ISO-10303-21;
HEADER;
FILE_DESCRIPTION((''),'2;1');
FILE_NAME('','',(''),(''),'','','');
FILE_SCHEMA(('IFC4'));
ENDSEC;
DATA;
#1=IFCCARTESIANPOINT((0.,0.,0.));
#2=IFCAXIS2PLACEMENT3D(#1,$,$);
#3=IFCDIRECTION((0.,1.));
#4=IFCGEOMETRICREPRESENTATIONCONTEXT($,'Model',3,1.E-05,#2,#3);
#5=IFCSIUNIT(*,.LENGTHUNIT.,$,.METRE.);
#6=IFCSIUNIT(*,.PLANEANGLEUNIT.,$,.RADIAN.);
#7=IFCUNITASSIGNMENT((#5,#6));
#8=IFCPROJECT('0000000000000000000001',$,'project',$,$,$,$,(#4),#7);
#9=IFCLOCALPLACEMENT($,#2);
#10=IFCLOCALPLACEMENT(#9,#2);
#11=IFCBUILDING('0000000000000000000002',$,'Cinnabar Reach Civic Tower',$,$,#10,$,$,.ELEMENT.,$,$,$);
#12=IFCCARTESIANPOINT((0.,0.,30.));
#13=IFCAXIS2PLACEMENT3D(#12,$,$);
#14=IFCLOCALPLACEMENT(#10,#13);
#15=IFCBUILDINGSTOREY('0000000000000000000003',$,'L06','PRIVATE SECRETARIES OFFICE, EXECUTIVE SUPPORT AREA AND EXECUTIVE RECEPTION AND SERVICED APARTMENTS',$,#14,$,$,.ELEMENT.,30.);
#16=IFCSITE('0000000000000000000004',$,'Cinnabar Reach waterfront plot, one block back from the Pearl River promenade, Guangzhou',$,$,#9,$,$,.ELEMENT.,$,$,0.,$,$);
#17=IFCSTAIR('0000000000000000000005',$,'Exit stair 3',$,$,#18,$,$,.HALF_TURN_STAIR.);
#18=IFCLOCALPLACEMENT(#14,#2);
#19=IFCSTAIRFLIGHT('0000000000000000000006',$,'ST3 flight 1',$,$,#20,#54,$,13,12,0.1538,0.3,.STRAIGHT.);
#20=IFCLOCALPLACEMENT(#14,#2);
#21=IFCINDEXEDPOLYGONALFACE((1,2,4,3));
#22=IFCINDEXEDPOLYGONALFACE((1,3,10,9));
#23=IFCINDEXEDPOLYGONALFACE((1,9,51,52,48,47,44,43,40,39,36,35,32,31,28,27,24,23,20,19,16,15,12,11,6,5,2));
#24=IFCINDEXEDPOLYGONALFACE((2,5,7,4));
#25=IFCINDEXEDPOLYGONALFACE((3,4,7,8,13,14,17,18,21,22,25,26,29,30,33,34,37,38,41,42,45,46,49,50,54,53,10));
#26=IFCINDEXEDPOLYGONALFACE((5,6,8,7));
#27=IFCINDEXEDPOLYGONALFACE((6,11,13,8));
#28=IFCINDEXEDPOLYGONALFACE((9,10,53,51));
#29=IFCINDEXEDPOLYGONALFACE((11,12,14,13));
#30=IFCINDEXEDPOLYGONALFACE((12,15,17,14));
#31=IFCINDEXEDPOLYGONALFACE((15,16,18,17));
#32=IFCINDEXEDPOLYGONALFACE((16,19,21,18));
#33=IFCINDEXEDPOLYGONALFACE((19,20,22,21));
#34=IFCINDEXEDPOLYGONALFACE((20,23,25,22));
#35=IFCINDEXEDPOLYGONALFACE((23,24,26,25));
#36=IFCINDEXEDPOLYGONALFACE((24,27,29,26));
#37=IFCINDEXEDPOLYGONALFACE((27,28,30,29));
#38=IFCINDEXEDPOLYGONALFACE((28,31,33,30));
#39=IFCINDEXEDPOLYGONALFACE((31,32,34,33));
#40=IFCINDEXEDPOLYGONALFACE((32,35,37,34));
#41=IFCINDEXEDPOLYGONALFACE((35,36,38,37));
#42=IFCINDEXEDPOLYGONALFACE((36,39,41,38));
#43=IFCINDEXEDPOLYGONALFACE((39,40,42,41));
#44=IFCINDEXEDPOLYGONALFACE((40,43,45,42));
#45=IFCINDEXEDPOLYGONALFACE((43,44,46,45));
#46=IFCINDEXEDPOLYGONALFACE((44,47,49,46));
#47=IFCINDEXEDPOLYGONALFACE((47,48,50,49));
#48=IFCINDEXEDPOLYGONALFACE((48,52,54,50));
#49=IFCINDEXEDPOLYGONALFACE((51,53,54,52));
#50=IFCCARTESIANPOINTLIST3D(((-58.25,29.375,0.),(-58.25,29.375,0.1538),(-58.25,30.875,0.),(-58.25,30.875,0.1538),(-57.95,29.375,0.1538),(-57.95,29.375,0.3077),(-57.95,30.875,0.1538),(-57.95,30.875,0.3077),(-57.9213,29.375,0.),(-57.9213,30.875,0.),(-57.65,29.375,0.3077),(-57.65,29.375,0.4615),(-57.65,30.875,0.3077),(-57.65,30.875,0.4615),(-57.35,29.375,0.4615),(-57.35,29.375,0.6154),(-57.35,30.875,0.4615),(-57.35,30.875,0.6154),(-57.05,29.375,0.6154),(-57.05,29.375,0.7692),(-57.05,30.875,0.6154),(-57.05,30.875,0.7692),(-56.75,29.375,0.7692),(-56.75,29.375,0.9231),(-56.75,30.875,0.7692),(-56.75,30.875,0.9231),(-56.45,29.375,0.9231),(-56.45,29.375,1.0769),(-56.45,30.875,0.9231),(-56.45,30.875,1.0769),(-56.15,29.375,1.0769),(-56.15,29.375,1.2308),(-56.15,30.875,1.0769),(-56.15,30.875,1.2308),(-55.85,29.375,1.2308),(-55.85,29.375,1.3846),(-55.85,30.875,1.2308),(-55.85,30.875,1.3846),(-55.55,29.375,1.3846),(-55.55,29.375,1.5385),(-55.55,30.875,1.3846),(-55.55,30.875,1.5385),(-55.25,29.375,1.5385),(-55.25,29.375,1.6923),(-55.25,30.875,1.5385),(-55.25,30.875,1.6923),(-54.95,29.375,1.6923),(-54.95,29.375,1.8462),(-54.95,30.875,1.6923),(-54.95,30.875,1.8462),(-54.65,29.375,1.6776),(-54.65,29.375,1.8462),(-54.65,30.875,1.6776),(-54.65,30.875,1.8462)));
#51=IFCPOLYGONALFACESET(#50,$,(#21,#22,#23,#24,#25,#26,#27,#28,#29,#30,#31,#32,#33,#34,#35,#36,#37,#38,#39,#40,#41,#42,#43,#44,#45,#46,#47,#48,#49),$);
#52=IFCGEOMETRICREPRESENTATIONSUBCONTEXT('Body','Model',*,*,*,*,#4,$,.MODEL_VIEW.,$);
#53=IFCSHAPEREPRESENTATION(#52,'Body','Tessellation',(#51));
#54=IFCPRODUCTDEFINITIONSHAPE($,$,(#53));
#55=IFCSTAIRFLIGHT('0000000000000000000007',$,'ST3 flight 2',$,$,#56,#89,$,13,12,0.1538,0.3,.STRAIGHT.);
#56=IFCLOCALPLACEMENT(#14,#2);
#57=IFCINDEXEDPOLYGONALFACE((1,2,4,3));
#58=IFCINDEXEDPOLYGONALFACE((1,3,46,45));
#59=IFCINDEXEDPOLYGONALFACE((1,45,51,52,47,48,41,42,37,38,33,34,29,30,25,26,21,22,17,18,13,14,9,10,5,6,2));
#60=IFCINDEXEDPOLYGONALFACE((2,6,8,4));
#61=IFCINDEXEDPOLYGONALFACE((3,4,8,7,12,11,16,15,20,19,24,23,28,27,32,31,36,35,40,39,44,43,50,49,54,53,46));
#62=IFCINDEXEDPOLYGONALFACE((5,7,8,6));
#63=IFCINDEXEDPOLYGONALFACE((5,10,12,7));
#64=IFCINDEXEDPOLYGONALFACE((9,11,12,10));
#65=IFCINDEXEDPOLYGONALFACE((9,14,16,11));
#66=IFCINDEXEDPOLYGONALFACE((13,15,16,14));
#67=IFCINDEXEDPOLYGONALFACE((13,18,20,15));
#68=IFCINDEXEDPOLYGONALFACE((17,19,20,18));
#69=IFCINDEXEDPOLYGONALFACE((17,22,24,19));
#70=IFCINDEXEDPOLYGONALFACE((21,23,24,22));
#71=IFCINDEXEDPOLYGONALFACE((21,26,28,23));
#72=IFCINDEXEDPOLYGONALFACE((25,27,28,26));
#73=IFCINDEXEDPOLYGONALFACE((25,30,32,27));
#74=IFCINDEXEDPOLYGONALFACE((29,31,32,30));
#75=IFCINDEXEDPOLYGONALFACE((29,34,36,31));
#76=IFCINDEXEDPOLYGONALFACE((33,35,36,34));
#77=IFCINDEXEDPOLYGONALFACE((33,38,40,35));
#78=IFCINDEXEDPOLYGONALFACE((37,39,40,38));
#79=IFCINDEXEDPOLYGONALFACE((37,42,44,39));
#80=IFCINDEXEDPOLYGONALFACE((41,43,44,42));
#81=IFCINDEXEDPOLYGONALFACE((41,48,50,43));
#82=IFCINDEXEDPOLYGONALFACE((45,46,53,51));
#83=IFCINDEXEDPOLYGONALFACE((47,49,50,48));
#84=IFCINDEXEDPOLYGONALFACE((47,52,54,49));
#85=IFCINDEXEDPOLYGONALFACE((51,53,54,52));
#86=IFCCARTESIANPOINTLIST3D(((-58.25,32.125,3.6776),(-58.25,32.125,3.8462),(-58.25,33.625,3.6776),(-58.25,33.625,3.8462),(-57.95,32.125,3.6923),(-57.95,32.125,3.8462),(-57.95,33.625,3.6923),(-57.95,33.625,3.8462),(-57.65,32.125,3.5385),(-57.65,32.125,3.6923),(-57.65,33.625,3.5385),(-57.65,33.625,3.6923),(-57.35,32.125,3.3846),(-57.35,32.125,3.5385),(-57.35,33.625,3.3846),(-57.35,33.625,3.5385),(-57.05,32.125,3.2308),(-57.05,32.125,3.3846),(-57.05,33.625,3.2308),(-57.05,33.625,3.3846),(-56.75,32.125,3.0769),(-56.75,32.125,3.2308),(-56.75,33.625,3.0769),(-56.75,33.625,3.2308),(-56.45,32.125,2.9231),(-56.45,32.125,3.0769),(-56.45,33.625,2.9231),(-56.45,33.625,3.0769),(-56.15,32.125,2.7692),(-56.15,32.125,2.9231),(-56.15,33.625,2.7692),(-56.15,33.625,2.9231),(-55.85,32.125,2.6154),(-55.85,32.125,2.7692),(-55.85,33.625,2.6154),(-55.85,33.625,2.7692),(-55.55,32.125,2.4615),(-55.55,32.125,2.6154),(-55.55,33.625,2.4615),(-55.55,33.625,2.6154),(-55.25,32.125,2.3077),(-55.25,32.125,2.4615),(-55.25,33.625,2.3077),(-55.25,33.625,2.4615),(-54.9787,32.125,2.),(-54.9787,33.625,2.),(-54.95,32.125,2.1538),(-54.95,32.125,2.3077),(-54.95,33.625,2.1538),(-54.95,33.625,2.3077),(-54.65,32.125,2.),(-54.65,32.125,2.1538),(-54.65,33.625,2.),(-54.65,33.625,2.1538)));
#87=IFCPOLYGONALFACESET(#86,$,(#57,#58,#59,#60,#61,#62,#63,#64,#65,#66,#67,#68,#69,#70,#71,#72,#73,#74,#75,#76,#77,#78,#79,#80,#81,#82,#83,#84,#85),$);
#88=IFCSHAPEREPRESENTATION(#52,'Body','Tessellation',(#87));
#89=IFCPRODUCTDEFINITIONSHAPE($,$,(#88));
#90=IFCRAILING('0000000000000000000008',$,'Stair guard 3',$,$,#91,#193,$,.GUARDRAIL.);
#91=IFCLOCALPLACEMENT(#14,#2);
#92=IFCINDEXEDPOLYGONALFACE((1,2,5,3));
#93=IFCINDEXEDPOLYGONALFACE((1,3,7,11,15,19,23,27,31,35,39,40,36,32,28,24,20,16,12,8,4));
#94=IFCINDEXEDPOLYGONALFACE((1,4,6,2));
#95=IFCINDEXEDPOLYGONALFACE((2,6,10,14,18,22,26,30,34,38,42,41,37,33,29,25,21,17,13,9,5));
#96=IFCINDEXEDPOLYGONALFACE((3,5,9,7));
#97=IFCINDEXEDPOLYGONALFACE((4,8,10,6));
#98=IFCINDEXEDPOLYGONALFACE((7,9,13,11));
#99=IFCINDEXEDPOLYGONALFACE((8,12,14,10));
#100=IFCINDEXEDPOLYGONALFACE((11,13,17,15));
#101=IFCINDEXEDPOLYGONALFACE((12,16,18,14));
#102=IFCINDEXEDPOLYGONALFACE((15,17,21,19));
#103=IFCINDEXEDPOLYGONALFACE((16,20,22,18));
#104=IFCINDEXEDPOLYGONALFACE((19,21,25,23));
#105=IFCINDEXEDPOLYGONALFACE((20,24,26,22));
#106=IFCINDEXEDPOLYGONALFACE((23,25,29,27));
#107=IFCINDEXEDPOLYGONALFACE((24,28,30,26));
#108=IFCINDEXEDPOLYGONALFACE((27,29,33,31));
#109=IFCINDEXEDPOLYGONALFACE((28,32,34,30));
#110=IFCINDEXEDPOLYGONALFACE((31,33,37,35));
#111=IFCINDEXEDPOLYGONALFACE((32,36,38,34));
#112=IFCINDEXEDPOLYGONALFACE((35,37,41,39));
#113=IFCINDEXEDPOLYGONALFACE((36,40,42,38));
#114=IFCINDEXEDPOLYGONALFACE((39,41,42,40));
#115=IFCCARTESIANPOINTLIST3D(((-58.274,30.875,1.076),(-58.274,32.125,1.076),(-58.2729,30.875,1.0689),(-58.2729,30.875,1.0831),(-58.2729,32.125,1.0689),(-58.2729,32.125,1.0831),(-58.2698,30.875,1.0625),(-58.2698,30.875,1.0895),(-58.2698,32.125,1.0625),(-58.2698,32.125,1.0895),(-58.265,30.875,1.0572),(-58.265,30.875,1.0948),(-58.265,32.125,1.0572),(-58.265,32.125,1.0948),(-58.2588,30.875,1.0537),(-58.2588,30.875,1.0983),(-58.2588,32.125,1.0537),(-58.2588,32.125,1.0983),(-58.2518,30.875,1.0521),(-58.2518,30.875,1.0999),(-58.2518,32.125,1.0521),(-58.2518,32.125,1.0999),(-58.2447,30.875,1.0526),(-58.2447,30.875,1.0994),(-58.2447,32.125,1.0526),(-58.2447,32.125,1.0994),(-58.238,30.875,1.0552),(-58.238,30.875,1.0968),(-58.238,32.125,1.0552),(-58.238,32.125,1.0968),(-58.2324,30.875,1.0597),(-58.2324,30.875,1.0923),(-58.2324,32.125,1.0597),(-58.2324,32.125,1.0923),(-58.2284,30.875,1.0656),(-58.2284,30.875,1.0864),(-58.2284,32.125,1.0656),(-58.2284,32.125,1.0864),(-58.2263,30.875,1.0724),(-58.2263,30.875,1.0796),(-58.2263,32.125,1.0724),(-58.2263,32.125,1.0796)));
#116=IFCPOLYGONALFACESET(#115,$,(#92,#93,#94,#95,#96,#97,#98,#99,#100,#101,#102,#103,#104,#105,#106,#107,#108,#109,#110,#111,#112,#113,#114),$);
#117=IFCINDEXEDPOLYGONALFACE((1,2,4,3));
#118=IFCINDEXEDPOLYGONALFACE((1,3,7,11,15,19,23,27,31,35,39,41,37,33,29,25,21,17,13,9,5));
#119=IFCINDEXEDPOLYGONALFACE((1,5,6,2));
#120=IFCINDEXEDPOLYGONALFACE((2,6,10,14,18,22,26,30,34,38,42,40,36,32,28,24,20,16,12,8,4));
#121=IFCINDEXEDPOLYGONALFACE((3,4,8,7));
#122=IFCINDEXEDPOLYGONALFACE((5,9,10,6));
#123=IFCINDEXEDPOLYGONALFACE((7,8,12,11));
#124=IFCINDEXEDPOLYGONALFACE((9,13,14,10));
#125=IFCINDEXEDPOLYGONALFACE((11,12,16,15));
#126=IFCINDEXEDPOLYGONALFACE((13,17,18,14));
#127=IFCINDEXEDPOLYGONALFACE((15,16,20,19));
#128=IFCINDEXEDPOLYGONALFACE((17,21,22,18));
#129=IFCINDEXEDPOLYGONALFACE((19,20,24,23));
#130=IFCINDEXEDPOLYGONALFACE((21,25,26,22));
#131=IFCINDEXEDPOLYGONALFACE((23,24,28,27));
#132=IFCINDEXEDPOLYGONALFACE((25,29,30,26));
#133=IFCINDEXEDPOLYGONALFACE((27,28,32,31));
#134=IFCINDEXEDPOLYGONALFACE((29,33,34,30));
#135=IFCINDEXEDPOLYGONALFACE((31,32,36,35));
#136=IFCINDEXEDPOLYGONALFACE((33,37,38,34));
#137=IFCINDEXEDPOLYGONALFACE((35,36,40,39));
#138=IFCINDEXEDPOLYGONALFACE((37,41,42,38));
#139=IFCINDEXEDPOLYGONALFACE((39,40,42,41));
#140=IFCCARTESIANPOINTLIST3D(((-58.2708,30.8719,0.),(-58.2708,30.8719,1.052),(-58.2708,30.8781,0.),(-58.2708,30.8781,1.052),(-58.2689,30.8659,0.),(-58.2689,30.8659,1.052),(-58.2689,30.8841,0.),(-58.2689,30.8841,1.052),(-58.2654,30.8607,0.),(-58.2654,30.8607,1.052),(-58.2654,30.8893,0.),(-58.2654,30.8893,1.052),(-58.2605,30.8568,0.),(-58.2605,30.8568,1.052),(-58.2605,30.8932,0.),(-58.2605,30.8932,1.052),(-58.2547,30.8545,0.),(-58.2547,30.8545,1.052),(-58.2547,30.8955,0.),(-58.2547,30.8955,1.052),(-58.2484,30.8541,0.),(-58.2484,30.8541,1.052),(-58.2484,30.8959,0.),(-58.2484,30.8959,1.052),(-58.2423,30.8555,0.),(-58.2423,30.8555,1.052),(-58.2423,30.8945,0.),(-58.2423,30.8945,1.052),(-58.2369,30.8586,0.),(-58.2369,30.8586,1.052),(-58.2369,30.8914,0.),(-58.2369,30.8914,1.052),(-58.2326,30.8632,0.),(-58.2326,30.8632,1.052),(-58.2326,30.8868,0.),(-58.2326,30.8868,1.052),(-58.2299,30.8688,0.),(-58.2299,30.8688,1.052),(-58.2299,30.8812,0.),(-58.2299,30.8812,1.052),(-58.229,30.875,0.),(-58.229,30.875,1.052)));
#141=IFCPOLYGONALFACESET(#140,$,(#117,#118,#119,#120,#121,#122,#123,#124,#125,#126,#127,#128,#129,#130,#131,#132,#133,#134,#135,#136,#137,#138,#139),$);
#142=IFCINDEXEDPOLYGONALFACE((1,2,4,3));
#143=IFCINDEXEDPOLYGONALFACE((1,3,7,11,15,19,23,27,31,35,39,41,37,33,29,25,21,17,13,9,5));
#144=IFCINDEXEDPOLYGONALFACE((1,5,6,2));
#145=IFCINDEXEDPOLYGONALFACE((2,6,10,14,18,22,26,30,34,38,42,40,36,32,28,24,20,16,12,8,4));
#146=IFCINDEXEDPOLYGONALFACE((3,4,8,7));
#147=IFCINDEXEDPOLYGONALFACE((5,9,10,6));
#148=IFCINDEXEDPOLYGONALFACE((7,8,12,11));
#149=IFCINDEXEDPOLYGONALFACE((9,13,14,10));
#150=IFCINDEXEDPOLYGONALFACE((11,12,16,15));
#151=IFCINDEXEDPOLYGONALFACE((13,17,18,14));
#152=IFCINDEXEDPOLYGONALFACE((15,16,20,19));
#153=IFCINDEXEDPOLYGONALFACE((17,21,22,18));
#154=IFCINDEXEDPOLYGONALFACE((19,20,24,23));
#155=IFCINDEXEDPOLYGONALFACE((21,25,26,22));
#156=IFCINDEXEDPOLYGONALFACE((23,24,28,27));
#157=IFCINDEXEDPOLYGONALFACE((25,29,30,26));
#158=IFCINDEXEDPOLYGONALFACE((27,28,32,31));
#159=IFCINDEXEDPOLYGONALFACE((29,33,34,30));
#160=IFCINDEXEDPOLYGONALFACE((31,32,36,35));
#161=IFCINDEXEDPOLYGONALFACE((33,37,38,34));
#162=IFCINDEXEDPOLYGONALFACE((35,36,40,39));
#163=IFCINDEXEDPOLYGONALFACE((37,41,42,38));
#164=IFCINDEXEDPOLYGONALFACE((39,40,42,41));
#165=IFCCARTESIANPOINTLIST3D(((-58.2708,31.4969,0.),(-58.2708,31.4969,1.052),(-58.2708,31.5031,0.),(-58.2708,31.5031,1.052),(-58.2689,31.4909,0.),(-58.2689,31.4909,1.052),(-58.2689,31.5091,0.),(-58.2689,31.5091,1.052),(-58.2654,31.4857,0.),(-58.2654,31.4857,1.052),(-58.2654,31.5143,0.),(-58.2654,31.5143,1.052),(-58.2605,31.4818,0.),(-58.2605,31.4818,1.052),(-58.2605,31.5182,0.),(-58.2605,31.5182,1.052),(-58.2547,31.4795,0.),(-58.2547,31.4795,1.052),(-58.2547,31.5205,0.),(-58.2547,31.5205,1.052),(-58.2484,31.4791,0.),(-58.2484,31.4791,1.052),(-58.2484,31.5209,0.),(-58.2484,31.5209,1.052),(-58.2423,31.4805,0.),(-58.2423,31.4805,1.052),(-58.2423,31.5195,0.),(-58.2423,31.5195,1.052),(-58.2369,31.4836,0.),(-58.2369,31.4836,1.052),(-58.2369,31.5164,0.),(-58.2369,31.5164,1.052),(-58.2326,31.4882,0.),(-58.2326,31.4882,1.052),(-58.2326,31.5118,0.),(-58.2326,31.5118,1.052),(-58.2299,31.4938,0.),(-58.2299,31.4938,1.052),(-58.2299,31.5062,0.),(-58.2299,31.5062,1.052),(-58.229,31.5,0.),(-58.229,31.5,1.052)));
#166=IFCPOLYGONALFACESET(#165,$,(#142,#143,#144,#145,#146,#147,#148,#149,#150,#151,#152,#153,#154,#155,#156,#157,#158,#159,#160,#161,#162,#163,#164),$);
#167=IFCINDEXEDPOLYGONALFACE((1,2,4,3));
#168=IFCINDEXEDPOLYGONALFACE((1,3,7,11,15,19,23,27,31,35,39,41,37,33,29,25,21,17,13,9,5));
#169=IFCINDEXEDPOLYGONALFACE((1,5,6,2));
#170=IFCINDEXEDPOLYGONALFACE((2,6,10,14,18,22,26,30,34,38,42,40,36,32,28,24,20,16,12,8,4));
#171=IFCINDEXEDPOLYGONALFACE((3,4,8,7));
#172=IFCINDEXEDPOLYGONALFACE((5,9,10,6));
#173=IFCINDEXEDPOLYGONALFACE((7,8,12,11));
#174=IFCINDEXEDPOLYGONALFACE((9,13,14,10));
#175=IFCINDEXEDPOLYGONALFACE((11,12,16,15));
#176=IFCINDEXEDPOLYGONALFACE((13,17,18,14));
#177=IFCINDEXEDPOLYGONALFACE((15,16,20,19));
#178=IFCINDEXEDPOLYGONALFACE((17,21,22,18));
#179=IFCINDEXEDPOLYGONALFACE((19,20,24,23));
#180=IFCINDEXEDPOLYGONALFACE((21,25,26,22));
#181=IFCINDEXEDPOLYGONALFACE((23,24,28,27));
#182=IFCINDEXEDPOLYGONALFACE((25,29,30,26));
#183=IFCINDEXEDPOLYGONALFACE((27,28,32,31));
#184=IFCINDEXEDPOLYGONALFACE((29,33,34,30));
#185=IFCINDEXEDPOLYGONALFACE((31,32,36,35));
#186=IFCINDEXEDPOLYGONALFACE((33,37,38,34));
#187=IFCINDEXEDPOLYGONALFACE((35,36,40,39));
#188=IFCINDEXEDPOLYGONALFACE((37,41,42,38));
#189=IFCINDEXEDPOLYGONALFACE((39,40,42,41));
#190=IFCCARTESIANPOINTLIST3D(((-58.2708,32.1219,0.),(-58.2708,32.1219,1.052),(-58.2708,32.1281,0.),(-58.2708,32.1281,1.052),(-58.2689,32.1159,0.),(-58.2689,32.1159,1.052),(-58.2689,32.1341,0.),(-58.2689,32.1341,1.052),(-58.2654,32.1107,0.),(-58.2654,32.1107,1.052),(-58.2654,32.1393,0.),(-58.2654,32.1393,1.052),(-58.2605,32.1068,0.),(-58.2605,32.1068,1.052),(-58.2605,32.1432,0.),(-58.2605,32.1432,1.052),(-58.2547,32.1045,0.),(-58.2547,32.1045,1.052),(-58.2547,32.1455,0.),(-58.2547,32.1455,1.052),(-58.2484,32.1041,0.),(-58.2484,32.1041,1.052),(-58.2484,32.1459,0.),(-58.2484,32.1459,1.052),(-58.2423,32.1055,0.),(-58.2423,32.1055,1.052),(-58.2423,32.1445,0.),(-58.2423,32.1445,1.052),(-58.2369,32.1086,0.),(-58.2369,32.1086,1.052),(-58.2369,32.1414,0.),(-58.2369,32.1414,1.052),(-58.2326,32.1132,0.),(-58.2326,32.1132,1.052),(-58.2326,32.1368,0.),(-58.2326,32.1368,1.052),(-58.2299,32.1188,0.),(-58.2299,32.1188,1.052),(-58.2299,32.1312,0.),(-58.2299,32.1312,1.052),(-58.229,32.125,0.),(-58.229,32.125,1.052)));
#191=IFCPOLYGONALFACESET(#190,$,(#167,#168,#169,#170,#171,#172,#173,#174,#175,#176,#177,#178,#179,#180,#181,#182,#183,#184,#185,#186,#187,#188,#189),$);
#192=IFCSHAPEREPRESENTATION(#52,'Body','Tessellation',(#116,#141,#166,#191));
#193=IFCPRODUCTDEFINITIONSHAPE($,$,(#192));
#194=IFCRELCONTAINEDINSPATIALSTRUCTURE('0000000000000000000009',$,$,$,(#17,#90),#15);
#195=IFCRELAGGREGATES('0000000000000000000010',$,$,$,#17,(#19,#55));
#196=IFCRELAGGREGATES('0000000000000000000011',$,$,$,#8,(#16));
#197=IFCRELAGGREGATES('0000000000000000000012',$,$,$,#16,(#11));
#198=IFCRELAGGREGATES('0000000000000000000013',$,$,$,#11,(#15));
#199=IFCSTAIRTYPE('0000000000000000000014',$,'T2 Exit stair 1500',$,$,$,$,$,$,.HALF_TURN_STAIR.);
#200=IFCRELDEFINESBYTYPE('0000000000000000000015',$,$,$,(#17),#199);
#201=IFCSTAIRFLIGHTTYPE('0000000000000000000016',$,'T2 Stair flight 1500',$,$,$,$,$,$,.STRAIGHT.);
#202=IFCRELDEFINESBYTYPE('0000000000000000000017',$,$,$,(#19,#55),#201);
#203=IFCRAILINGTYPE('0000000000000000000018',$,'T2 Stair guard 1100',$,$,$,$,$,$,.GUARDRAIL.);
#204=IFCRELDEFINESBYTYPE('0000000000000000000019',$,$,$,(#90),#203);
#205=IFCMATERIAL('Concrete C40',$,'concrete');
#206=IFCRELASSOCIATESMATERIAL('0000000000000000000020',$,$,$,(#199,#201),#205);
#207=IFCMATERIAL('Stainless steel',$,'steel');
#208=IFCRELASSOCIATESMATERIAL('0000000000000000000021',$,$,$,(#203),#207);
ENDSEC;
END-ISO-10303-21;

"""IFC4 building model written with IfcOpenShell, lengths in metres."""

from ifc_helpers import new_model, si_unit, direction, frame, origin, origin_2d, place, context, subcontext, project, spatial, polyline, circle, outline, extrude, material, type_object, element, aggregate, save


model = new_model("IFC4")

# Units and contexts
model_context = context("Model", 3, precision=1e-05, world=origin(), true_north=direction((0.0, 1.0)))
body_context = subcontext(model_context, "Body", "Model", "MODEL_VIEW")
ifc_project = project(units=[si_unit("LENGTHUNIT", "METRE"), si_unit("PLANEANGLEUNIT", "RADIAN")], contexts=[model_context])

# Site, building, storey
site_placement = place(None, origin())
site = spatial("IfcSite", under=ifc_project, at=site_placement, Name="Cinnabar Reach waterfront plot, one block back from the Pearl River promenade, Guangzhou", CompositionType="ELEMENT", RefElevation=0.0)
building_placement = place(site_placement, origin())
building = spatial("IfcBuilding", under=site, at=building_placement, Name="Cinnabar Reach Civic Tower", CompositionType="ELEMENT")
storey_placement = place(building_placement, frame((0.0, 0.0, 30.0)))
storey = spatial("IfcBuildingStorey", under=building, at=storey_placement, Name="L06", Description="PRIVATE SECRETARIES OFFICE, EXECUTIVE SUPPORT AREA AND EXECUTIVE RECEPTION AND SERVICED APARTMENTS", CompositionType="ELEMENT", Elevation=30.0)

# Stair, stair flights
ifc_material_1 = material(Name="Concrete C40", Category="concrete")
stair_type = type_object("IfcStairType", Name="T2 Exit stair 1500", PredefinedType="HALF_TURN_STAIR", material=ifc_material_1)
stair_placement = place(storey_placement, origin())
stair = element("IfcStair", 1, at=stair_placement, inside=storey, type_object=stair_type, Name="Exit stair 3", PredefinedType="HALF_TURN_STAIR")
stair_flight_type = type_object("IfcStairFlightType", Name="T2 Stair flight 1500", PredefinedType="STRAIGHT", material=ifc_material_1)
stair_flight_1_placement = place(storey_placement, frame((-58.25, 30.125, 0.0), z_axis=(0.0, 0.0, 1.0), x_axis=(1.0, 0.0, 0.0)))
stair_flight_1 = element("IfcStairFlight", 2, at=stair_flight_1_placement, type_object=stair_flight_type, Name="ST3 flight 1", NumberOfRisers=13, NumberOfTreads=12, PredefinedType="STRAIGHT", RiserHeight=0.1538, TreadLength=0.3, context=body_context, shape_type="SweptSolid", body=[
    extrude(outline(polyline([(0.0, 0.0), (0.0, 0.1538), (0.3, 0.1538), (0.3, 0.3077), (0.6, 0.3077), (0.6, 0.4615), (0.9, 0.4615), (0.9, 0.6154), (1.2, 0.6154), (1.2, 0.7692), (1.5, 0.7692), (1.5, 0.9231), (1.8, 0.9231), (1.8, 1.0769), (2.1, 1.0769), (2.1, 1.2308), (2.4, 1.2308), (2.4, 1.3846), (2.7, 1.3846), (2.7, 1.5385), (3.0, 1.5385), (3.0, 1.6923), (3.3, 1.6923), (3.3, 1.8462), (3.6, 1.8462), (3.6, 2.0), (3.6, 1.6776), (0.3287, 0.0), (0.0, 0.0)])), frame((0.0, 0.75, 0.0), z_axis=(0.0, -1.0, 0.0), x_axis=(1.0, 0.0, 0.0)), (0.0, 0.0, 1.0), 1.5),
])
stair_flight_2_placement = place(storey_placement, frame((-54.65, 32.875, 2.0), z_axis=(0.0, 0.0, 1.0), x_axis=(-1.0, 0.0, 0.0)))
stair_flight_2 = element("IfcStairFlight", 3, at=stair_flight_2_placement, type_object=stair_flight_type, Name="ST3 flight 2", NumberOfRisers=13, NumberOfTreads=12, PredefinedType="STRAIGHT", RiserHeight=0.1538, TreadLength=0.3, context=body_context, shape_type="SweptSolid", body=[
    extrude(outline(polyline([(0.0, 0.0), (0.0, 0.1538), (0.3, 0.1538), (0.3, 0.3077), (0.6, 0.3077), (0.6, 0.4615), (0.9, 0.4615), (0.9, 0.6154), (1.2, 0.6154), (1.2, 0.7692), (1.5, 0.7692), (1.5, 0.9231), (1.8, 0.9231), (1.8, 1.0769), (2.1, 1.0769), (2.1, 1.2308), (2.4, 1.2308), (2.4, 1.3846), (2.7, 1.3846), (2.7, 1.5385), (3.0, 1.5385), (3.0, 1.6923), (3.3, 1.6923), (3.3, 1.8462), (3.6, 1.8462), (3.6, 2.0), (3.6, 1.6776), (0.3287, 0.0), (0.0, 0.0)])), frame((0.0, 0.75, 0.0), z_axis=(0.0, -1.0, 0.0), x_axis=(1.0, 0.0, 0.0)), (0.0, 0.0, 1.0), 1.5),
])
aggregate(stair, [stair_flight_1, stair_flight_2])

# Railing
ifc_material_2 = material(Name="Stainless steel", Category="steel")
railing_type = type_object("IfcRailingType", Name="T2 Stair guard 1100", PredefinedType="GUARDRAIL", material=ifc_material_2)
railing_1_placement = place(storey_placement, frame((-58.25, 30.875, 0.0)))
element("IfcRailing", 4, at=railing_1_placement, inside=storey, type_object=railing_type, Name="Stair guard 3", PredefinedType="GUARDRAIL", context=body_context, shape_type="SweptSolid", body=[
    extrude(circle(Radius=0.024, at=origin_2d()), frame((0.0, 0.0, 1.076), z_axis=(0.0, 1.0, 0.0), x_axis=(-1.0, 0.0, 0.0)), (0.0, 0.0, 1.0), 1.25),
    extrude(circle(Radius=0.021, at=origin_2d()), origin(), (0.0, 0.0, 1.0), 1.052),
    extrude(circle(Radius=0.021, at=origin_2d()), frame((0.0, 0.625, 0.0)), (0.0, 0.0, 1.0), 1.052),
    extrude(circle(Radius=0.021, at=origin_2d()), frame((0.0, 1.25, 0.0)), (0.0, 0.0, 1.0), 1.052),
])

save(model, "model.ifc")
